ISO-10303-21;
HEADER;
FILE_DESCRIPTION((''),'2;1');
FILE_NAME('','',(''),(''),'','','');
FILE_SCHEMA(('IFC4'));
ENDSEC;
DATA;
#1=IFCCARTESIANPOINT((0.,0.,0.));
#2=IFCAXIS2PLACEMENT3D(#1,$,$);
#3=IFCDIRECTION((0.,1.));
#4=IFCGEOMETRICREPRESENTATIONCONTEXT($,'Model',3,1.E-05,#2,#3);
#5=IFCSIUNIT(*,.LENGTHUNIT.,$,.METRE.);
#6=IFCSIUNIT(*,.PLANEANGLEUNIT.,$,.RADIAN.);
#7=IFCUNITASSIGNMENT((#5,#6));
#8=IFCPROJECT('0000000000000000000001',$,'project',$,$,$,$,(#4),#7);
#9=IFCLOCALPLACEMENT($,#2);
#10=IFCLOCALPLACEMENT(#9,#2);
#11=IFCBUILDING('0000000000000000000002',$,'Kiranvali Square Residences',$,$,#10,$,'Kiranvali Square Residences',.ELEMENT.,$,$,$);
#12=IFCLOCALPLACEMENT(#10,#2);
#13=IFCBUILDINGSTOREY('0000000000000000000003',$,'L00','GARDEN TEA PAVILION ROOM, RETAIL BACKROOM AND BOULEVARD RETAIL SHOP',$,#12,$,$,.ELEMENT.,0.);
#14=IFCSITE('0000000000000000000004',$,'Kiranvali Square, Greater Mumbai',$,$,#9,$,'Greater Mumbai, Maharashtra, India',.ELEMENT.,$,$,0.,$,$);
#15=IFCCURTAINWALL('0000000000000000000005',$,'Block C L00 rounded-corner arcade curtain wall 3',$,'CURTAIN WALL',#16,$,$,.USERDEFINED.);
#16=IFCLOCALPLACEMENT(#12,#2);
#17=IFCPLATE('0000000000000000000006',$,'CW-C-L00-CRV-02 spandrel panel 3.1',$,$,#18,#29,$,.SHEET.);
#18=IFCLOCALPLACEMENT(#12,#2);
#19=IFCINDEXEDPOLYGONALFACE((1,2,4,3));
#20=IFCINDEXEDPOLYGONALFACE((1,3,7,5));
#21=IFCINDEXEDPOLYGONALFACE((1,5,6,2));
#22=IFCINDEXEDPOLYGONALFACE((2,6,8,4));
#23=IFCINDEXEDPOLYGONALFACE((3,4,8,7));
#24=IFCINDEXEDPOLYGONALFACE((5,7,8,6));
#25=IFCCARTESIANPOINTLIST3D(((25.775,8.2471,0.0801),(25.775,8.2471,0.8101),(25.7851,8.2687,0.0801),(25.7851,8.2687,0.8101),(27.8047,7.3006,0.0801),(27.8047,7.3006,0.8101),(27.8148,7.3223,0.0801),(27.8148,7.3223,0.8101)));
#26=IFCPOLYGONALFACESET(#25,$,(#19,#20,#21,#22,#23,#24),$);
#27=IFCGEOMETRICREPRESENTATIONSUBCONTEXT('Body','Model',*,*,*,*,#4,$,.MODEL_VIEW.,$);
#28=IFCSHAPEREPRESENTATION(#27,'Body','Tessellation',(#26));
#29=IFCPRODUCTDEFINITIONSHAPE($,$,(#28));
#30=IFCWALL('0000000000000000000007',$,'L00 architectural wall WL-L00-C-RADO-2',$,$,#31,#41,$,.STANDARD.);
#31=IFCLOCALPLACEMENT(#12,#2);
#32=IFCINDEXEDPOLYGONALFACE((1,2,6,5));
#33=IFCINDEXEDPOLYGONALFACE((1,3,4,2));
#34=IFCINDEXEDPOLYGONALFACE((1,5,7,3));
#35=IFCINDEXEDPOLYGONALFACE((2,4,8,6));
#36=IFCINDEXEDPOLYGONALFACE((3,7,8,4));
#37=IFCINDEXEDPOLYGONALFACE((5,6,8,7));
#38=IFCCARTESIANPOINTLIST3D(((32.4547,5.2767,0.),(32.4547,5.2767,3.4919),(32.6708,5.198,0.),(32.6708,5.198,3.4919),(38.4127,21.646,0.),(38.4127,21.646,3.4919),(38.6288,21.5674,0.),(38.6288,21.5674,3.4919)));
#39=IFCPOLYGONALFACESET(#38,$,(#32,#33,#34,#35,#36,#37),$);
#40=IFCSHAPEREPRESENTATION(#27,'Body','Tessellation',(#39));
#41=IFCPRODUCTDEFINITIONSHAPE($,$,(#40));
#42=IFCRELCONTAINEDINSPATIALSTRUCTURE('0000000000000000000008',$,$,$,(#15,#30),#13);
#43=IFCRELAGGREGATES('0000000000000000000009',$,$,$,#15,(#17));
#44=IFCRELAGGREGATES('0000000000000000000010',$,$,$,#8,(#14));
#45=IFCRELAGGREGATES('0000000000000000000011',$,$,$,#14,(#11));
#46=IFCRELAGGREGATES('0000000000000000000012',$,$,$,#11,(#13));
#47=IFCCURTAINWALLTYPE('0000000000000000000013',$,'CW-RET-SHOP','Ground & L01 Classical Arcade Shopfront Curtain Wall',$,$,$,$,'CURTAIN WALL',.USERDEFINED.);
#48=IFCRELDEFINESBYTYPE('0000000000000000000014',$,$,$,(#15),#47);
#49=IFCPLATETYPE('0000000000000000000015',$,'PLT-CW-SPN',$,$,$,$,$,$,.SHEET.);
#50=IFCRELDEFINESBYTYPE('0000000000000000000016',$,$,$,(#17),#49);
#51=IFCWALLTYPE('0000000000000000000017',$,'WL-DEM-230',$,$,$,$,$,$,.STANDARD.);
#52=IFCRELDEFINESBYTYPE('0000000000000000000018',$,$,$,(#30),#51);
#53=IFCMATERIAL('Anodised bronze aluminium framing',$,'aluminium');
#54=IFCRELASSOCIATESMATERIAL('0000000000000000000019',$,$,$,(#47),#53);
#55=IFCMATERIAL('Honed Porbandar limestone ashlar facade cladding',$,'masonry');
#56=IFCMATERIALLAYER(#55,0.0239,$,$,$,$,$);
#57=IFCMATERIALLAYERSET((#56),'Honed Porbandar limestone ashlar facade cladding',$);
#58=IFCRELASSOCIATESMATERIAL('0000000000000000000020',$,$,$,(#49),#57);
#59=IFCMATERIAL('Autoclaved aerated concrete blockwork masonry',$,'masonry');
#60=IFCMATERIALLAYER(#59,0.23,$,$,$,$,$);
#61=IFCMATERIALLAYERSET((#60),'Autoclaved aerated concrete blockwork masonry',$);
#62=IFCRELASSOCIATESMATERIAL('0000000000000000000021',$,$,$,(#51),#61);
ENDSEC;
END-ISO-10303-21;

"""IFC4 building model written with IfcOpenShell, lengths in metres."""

from ifc_helpers import new_model, si_unit, direction, frame, frame_2d, origin, origin_2d, place, context, subcontext, project, spatial, rectangle, extrude, material, layer, layer_set, type_object, element, aggregate, save


model = new_model("IFC4")

# Units and contexts
model_context = context("Model", 3, precision=1e-05, world=origin(), true_north=direction((0.0, 1.0)))
body_context = subcontext(model_context, "Body", "Model", "MODEL_VIEW")
ifc_project = project(units=[si_unit("LENGTHUNIT", "METRE"), si_unit("PLANEANGLEUNIT", "RADIAN")], contexts=[model_context])

# Site, building, storey
site_placement = place(None, origin())
site = spatial("IfcSite", under=ifc_project, at=site_placement, Name="Kiranvali Square, Greater Mumbai", LongName="Greater Mumbai, Maharashtra, India", CompositionType="ELEMENT", RefElevation=0.0)
building_placement = place(site_placement, origin())
building = spatial("IfcBuilding", under=site, at=building_placement, Name="Kiranvali Square Residences", LongName="Kiranvali Square Residences", CompositionType="ELEMENT")
storey_placement = place(building_placement, origin())
storey = spatial("IfcBuildingStorey", under=building, at=storey_placement, Name="L00", Description="GARDEN TEA PAVILION ROOM, RETAIL BACKROOM AND BOULEVARD RETAIL SHOP", CompositionType="ELEMENT", Elevation=0.0)

# Curtain wall, plate
ifc_material_1 = material(Name="Anodised bronze aluminium framing", Category="aluminium")
curtain_wall_type = type_object("IfcCurtainWallType", Name="CW-RET-SHOP", Description="Ground & L01 Classical Arcade Shopfront Curtain Wall", ElementType="CURTAIN WALL", PredefinedType="USERDEFINED", material=ifc_material_1)
curtain_wall_placement = place(storey_placement, origin())
curtain_wall = element("IfcCurtainWall", 1, at=curtain_wall_placement, inside=storey, type_object=curtain_wall_type, Name="Block C L00 rounded-corner arcade curtain wall 3", ObjectType="CURTAIN WALL", PredefinedType="USERDEFINED")
ifc_material_2 = material(Name="Honed Porbandar limestone ashlar facade cladding", Category="masonry")
ifc_layer_1 = layer(ifc_material_2, 0.0239)
ifc_layer_set_1 = layer_set([ifc_layer_1], Name="Honed Porbandar limestone ashlar facade cladding")
plate_type_1 = type_object("IfcPlateType", Name="PLT-CW-SPN", PredefinedType="SHEET", material=ifc_layer_set_1)
plate_1_placement = place(storey_placement, frame((26.7949, 7.7847, 0.0801), z_axis=(0.0, 0.0, 1.0), x_axis=(-0.906308, 0.422618, 0.0)))
plate_1 = element("IfcPlate", 2, at=plate_1_placement, type_object=plate_type_1, Name="CW-C-L00-CRV-02 spandrel panel 3.1", PredefinedType="SHEET", context=body_context, shape_type="SweptSolid", body=[
    extrude(rectangle(XDim=2.2395, YDim=0.0239, at=origin_2d()), origin(), (0.0, 0.0, 1.0), 0.73),
])
aggregate(curtain_wall, [plate_1])

# Shared definitions
ifc_material_3 = material(Name="Autoclaved aerated concrete blockwork masonry", Category="masonry")

# Wall
ifc_layer_2 = layer(ifc_material_3, 0.23)
ifc_layer_set_2 = layer_set([ifc_layer_2], Name="Autoclaved aerated concrete blockwork masonry")
wall_type_1 = type_object("IfcWallType", Name="WL-DEM-230", PredefinedType="STANDARD", material=ifc_layer_set_2)
wall_1_placement = place(storey_placement, frame((38.5208, 21.6067, 0.0), z_axis=(0.0, 0.0, 1.0), x_axis=(-0.342022, -0.939692, 0.0)))
element("IfcWall", 3, at=wall_1_placement, inside=storey, type_object=wall_type_1, Name="L00 architectural wall WL-L00-C-RADO-2", PredefinedType="STANDARD", context=body_context, shape_type="SweptSolid", body=[
    extrude(rectangle(XDim=17.4199, YDim=0.23, at=frame_2d((8.71, 0.0))), origin(), (0.0, 0.0, 1.0), 3.4919),
])

save(model, "model.ifc")
